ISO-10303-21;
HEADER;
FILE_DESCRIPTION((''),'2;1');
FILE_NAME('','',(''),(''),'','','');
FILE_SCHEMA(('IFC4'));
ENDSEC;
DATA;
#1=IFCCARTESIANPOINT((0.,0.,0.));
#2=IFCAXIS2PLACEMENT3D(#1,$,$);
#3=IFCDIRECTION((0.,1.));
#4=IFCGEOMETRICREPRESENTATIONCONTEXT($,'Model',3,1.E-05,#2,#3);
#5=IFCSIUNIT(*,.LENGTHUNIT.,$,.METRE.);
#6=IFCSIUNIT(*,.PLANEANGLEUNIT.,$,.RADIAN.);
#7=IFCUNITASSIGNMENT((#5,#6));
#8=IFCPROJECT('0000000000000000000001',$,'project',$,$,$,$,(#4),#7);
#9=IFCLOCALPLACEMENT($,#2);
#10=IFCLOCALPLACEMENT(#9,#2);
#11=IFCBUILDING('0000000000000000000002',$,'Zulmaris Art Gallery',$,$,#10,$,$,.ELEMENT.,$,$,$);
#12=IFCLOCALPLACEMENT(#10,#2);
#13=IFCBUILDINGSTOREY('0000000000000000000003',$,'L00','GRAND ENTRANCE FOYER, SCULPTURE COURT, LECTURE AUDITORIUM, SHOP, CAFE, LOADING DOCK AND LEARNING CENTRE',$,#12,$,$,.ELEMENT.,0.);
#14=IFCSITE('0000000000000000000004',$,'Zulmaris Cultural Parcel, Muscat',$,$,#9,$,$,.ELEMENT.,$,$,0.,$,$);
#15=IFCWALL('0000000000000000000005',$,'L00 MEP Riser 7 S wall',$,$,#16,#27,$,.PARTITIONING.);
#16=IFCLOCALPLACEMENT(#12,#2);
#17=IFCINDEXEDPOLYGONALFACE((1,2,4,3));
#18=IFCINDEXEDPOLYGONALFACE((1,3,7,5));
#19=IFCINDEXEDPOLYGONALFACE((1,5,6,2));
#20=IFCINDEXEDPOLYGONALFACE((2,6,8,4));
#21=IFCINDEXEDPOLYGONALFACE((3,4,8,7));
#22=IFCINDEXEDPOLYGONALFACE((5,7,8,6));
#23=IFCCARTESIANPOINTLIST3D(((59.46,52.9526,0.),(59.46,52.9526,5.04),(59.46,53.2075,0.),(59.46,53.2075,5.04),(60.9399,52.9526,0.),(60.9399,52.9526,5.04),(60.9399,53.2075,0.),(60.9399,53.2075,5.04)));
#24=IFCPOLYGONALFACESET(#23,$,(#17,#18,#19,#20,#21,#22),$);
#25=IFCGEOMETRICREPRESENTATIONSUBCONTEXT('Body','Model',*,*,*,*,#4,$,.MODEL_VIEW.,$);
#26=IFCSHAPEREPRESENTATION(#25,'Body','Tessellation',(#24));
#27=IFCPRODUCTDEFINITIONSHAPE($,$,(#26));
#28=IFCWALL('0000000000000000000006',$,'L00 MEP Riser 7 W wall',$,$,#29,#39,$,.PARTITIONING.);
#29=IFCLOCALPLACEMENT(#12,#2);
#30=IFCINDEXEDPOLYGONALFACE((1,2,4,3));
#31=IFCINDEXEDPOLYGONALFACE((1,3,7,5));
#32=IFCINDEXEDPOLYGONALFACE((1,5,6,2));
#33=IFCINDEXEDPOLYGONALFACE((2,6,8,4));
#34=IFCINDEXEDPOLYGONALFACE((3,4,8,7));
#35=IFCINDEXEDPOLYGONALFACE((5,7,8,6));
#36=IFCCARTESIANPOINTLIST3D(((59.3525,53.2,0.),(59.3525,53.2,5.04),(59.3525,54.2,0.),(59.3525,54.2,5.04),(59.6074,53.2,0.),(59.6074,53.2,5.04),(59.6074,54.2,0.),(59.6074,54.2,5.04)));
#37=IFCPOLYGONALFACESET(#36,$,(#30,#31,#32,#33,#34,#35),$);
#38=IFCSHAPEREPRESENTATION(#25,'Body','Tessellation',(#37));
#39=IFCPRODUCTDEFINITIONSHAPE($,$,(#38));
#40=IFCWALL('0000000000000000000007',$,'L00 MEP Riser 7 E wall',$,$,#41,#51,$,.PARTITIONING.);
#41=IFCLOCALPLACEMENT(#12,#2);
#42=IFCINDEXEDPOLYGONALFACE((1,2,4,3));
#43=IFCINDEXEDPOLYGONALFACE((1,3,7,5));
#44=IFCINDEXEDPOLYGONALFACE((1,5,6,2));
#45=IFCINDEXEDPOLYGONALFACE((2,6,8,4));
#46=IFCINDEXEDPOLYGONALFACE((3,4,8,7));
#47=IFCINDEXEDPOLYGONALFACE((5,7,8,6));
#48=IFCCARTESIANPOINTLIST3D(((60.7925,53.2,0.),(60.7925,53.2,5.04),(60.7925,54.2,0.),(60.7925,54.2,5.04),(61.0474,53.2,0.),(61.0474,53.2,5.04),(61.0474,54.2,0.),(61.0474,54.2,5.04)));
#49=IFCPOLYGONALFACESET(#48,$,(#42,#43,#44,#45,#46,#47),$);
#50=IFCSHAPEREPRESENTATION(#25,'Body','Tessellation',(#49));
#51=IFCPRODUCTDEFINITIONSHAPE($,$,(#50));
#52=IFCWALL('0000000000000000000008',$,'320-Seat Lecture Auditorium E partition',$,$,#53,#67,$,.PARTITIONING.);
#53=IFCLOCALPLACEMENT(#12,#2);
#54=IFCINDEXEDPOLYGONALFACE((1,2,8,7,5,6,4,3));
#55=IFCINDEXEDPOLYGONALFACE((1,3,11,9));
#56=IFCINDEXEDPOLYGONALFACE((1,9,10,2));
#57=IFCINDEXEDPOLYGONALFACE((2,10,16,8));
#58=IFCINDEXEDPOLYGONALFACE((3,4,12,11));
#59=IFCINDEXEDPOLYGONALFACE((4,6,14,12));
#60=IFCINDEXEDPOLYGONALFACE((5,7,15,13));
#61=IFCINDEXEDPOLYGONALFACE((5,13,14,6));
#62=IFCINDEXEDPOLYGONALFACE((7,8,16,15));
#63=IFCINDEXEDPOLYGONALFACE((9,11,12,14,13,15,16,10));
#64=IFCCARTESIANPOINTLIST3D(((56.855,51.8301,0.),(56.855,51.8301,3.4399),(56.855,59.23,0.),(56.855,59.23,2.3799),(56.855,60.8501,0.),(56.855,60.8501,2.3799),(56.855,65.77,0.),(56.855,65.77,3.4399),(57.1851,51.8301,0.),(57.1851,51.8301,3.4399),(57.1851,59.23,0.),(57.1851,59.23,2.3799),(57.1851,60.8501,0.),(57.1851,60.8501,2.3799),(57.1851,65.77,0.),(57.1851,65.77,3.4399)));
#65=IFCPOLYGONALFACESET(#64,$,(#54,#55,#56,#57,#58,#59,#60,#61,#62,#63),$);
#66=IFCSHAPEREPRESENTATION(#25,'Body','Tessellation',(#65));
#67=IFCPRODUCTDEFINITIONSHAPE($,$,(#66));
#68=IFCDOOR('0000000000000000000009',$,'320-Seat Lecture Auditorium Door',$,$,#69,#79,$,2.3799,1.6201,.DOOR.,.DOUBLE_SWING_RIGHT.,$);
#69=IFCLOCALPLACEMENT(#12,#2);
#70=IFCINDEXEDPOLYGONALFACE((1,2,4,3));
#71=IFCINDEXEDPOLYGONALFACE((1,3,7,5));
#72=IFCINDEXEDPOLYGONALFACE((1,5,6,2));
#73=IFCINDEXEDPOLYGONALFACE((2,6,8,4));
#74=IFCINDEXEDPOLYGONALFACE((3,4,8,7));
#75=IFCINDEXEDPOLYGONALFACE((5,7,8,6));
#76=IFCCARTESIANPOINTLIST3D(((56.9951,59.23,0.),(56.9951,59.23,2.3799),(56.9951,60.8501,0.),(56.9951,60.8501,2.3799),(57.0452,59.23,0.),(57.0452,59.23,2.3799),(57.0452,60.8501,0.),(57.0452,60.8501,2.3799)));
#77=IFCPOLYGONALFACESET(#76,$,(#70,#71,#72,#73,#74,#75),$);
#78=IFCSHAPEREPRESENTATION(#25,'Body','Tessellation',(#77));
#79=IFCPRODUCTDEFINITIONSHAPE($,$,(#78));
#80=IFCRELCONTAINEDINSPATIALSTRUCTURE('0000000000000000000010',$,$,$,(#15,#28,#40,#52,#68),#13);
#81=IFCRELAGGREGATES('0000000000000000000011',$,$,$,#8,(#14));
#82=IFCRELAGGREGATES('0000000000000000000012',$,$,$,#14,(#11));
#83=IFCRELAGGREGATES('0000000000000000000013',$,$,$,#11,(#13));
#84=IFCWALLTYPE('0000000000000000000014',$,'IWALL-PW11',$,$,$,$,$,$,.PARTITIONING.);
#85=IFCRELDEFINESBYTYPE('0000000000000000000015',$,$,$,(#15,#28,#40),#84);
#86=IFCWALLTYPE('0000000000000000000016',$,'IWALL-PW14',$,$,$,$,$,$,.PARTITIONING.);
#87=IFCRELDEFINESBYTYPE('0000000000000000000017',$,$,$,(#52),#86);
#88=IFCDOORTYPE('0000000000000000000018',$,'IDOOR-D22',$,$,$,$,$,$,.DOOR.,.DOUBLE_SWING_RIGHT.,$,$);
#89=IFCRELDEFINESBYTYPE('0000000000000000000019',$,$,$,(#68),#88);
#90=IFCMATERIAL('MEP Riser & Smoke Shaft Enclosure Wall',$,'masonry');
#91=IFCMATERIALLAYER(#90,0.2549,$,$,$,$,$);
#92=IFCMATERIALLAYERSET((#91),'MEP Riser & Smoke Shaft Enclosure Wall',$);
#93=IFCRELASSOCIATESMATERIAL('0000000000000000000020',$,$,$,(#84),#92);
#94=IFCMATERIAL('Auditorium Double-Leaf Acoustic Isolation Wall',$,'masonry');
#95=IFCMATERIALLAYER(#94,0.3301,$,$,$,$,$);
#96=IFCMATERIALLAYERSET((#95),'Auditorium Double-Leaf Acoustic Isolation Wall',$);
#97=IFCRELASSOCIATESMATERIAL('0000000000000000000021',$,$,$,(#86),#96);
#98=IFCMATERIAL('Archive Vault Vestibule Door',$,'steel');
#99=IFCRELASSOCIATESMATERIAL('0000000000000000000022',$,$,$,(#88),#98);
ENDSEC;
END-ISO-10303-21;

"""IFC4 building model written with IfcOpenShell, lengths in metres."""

from ifc_helpers import new_model, si_unit, direction, frame, frame_2d, origin, place, context, subcontext, project, spatial, rectangle, extrude, material, layer, layer_set, type_object, element, fill, save


model = new_model("IFC4")

# Units and contexts
model_context = context("Model", 3, precision=1e-05, world=origin(), true_north=direction((0.0, 1.0)))
body_context = subcontext(model_context, "Body", "Model", "MODEL_VIEW")
ifc_project = project(units=[si_unit("LENGTHUNIT", "METRE"), si_unit("PLANEANGLEUNIT", "RADIAN")], contexts=[model_context])

# Site, building, storey
site_placement = place(None, origin())
site = spatial("IfcSite", under=ifc_project, at=site_placement, Name="Zulmaris Cultural Parcel, Muscat", CompositionType="ELEMENT", RefElevation=0.0)
building_placement = place(site_placement, origin())
building = spatial("IfcBuilding", under=site, at=building_placement, Name="Zulmaris Art Gallery", CompositionType="ELEMENT")
storey_placement = place(building_placement, origin())
storey = spatial("IfcBuildingStorey", under=building, at=storey_placement, Name="L00", Description="GRAND ENTRANCE FOYER, SCULPTURE COURT, LECTURE AUDITORIUM, SHOP, CAFE, LOADING DOCK AND LEARNING CENTRE", CompositionType="ELEMENT", Elevation=0.0)

# Walls
ifc_material_1 = material(Name="MEP Riser & Smoke Shaft Enclosure Wall", Category="masonry")
ifc_layer_1 = layer(ifc_material_1, 0.2549)
ifc_layer_set_1 = layer_set([ifc_layer_1], Name="MEP Riser & Smoke Shaft Enclosure Wall")
wall_type_1 = type_object("IfcWallType", Name="IWALL-PW11", PredefinedType="PARTITIONING", material=ifc_layer_set_1)
for number, where, z_axis, x_axis, name in (
    (1, (59.46, 53.0801, 0.0), (0.0, 0.0, 1.0), (1.0, 0.0, 0.0), "L00 MEP Riser 7 S wall"),
):
    element("IfcWall", number, at=place(storey_placement, frame(where, z_axis=z_axis, x_axis=x_axis)), inside=storey, type_object=wall_type_1, Name=name, PredefinedType="PARTITIONING", context=body_context, shape_type="SweptSolid", body=[
        extrude(rectangle(XDim=1.48, YDim=0.2549, at=frame_2d((0.74, 0.0))), origin(), (0.0, 0.0, 1.0), 5.04),
    ])
for number, where, z_axis, x_axis, name in (
    (2, (59.48, 53.2, 0.0), (0.0, 0.0, 1.0), (0.0, 1.0, 0.0), "L00 MEP Riser 7 W wall"),
    (3, (60.9199, 53.2, 0.0), (0.0, 0.0, 1.0), (0.0, 1.0, 0.0), "L00 MEP Riser 7 E wall"),
):
    element("IfcWall", number, at=place(storey_placement, frame(where, z_axis=z_axis, x_axis=x_axis)), inside=storey, type_object=wall_type_1, Name=name, PredefinedType="PARTITIONING", context=body_context, shape_type="SweptSolid", body=[
        extrude(rectangle(XDim=1.0, YDim=0.2549, at=frame_2d((0.5, 0.0))), origin(), (0.0, 0.0, 1.0), 5.04),
    ])

# Wall, opening, door
ifc_material_2 = material(Name="Auditorium Double-Leaf Acoustic Isolation Wall", Category="masonry")
ifc_layer_2 = layer(ifc_material_2, 0.3301)
ifc_layer_set_2 = layer_set([ifc_layer_2], Name="Auditorium Double-Leaf Acoustic Isolation Wall")
wall_type_2 = type_object("IfcWallType", Name="IWALL-PW14", PredefinedType="PARTITIONING", material=ifc_layer_set_2)
wall_1_placement = place(storey_placement, frame((57.02, 51.8301, 0.0), z_axis=(0.0, 0.0, 1.0), x_axis=(0.0, 1.0, 0.0)))
wall_1 = element("IfcWall", 4, at=wall_1_placement, inside=storey, type_object=wall_type_2, Name="320-Seat Lecture Auditorium E partition", PredefinedType="PARTITIONING", context=body_context, shape_type="SweptSolid", body=[
    extrude(rectangle(XDim=13.9399, YDim=0.3301, at=frame_2d((6.97, 0.0))), origin(), (0.0, 0.0, 1.0), 3.4399),
])
opening_1_placement = place(wall_1_placement, frame((7.3999, 0.0, 0.0)))
opening_1 = element("IfcOpeningElement", 5, at=opening_1_placement, cuts=wall_1, PredefinedType="OPENING", context=body_context, shape_type="SweptSolid", body=[
    extrude(rectangle(XDim=1.6201, YDim=2.3799, at=frame_2d((0.8101, 1.1899))), frame((0.0, 0.175, 0.0), z_axis=(0.0, -1.0, 0.0), x_axis=(1.0, 0.0, 0.0)), (0.0, 0.0, 1.0), 0.3501),
])
ifc_material_3 = material(Name="Archive Vault Vestibule Door", Category="steel")
door_type = type_object("IfcDoorType", Name="IDOOR-D22", OperationType="DOUBLE_SWING_RIGHT", PredefinedType="DOOR", material=ifc_material_3)
door_placement = place(opening_1_placement, origin())
door = element("IfcDoor", 6, at=door_placement, inside=storey, type_object=door_type, Name="320-Seat Lecture Auditorium Door", OperationType="DOUBLE_SWING_RIGHT", OverallHeight=2.3799, OverallWidth=1.6201, PredefinedType="DOOR", context=body_context, shape_type="SweptSolid", body=[
    extrude(rectangle(XDim=1.6201, YDim=2.3799, at=frame_2d((0.8101, 1.1899))), frame((0.0, 0.0249, 0.0), z_axis=(0.0, -1.0, 0.0), x_axis=(1.0, 0.0, 0.0)), (0.0, 0.0, 1.0), 0.05),
])
fill(opening_1, door)

save(model, "model.ifc")
